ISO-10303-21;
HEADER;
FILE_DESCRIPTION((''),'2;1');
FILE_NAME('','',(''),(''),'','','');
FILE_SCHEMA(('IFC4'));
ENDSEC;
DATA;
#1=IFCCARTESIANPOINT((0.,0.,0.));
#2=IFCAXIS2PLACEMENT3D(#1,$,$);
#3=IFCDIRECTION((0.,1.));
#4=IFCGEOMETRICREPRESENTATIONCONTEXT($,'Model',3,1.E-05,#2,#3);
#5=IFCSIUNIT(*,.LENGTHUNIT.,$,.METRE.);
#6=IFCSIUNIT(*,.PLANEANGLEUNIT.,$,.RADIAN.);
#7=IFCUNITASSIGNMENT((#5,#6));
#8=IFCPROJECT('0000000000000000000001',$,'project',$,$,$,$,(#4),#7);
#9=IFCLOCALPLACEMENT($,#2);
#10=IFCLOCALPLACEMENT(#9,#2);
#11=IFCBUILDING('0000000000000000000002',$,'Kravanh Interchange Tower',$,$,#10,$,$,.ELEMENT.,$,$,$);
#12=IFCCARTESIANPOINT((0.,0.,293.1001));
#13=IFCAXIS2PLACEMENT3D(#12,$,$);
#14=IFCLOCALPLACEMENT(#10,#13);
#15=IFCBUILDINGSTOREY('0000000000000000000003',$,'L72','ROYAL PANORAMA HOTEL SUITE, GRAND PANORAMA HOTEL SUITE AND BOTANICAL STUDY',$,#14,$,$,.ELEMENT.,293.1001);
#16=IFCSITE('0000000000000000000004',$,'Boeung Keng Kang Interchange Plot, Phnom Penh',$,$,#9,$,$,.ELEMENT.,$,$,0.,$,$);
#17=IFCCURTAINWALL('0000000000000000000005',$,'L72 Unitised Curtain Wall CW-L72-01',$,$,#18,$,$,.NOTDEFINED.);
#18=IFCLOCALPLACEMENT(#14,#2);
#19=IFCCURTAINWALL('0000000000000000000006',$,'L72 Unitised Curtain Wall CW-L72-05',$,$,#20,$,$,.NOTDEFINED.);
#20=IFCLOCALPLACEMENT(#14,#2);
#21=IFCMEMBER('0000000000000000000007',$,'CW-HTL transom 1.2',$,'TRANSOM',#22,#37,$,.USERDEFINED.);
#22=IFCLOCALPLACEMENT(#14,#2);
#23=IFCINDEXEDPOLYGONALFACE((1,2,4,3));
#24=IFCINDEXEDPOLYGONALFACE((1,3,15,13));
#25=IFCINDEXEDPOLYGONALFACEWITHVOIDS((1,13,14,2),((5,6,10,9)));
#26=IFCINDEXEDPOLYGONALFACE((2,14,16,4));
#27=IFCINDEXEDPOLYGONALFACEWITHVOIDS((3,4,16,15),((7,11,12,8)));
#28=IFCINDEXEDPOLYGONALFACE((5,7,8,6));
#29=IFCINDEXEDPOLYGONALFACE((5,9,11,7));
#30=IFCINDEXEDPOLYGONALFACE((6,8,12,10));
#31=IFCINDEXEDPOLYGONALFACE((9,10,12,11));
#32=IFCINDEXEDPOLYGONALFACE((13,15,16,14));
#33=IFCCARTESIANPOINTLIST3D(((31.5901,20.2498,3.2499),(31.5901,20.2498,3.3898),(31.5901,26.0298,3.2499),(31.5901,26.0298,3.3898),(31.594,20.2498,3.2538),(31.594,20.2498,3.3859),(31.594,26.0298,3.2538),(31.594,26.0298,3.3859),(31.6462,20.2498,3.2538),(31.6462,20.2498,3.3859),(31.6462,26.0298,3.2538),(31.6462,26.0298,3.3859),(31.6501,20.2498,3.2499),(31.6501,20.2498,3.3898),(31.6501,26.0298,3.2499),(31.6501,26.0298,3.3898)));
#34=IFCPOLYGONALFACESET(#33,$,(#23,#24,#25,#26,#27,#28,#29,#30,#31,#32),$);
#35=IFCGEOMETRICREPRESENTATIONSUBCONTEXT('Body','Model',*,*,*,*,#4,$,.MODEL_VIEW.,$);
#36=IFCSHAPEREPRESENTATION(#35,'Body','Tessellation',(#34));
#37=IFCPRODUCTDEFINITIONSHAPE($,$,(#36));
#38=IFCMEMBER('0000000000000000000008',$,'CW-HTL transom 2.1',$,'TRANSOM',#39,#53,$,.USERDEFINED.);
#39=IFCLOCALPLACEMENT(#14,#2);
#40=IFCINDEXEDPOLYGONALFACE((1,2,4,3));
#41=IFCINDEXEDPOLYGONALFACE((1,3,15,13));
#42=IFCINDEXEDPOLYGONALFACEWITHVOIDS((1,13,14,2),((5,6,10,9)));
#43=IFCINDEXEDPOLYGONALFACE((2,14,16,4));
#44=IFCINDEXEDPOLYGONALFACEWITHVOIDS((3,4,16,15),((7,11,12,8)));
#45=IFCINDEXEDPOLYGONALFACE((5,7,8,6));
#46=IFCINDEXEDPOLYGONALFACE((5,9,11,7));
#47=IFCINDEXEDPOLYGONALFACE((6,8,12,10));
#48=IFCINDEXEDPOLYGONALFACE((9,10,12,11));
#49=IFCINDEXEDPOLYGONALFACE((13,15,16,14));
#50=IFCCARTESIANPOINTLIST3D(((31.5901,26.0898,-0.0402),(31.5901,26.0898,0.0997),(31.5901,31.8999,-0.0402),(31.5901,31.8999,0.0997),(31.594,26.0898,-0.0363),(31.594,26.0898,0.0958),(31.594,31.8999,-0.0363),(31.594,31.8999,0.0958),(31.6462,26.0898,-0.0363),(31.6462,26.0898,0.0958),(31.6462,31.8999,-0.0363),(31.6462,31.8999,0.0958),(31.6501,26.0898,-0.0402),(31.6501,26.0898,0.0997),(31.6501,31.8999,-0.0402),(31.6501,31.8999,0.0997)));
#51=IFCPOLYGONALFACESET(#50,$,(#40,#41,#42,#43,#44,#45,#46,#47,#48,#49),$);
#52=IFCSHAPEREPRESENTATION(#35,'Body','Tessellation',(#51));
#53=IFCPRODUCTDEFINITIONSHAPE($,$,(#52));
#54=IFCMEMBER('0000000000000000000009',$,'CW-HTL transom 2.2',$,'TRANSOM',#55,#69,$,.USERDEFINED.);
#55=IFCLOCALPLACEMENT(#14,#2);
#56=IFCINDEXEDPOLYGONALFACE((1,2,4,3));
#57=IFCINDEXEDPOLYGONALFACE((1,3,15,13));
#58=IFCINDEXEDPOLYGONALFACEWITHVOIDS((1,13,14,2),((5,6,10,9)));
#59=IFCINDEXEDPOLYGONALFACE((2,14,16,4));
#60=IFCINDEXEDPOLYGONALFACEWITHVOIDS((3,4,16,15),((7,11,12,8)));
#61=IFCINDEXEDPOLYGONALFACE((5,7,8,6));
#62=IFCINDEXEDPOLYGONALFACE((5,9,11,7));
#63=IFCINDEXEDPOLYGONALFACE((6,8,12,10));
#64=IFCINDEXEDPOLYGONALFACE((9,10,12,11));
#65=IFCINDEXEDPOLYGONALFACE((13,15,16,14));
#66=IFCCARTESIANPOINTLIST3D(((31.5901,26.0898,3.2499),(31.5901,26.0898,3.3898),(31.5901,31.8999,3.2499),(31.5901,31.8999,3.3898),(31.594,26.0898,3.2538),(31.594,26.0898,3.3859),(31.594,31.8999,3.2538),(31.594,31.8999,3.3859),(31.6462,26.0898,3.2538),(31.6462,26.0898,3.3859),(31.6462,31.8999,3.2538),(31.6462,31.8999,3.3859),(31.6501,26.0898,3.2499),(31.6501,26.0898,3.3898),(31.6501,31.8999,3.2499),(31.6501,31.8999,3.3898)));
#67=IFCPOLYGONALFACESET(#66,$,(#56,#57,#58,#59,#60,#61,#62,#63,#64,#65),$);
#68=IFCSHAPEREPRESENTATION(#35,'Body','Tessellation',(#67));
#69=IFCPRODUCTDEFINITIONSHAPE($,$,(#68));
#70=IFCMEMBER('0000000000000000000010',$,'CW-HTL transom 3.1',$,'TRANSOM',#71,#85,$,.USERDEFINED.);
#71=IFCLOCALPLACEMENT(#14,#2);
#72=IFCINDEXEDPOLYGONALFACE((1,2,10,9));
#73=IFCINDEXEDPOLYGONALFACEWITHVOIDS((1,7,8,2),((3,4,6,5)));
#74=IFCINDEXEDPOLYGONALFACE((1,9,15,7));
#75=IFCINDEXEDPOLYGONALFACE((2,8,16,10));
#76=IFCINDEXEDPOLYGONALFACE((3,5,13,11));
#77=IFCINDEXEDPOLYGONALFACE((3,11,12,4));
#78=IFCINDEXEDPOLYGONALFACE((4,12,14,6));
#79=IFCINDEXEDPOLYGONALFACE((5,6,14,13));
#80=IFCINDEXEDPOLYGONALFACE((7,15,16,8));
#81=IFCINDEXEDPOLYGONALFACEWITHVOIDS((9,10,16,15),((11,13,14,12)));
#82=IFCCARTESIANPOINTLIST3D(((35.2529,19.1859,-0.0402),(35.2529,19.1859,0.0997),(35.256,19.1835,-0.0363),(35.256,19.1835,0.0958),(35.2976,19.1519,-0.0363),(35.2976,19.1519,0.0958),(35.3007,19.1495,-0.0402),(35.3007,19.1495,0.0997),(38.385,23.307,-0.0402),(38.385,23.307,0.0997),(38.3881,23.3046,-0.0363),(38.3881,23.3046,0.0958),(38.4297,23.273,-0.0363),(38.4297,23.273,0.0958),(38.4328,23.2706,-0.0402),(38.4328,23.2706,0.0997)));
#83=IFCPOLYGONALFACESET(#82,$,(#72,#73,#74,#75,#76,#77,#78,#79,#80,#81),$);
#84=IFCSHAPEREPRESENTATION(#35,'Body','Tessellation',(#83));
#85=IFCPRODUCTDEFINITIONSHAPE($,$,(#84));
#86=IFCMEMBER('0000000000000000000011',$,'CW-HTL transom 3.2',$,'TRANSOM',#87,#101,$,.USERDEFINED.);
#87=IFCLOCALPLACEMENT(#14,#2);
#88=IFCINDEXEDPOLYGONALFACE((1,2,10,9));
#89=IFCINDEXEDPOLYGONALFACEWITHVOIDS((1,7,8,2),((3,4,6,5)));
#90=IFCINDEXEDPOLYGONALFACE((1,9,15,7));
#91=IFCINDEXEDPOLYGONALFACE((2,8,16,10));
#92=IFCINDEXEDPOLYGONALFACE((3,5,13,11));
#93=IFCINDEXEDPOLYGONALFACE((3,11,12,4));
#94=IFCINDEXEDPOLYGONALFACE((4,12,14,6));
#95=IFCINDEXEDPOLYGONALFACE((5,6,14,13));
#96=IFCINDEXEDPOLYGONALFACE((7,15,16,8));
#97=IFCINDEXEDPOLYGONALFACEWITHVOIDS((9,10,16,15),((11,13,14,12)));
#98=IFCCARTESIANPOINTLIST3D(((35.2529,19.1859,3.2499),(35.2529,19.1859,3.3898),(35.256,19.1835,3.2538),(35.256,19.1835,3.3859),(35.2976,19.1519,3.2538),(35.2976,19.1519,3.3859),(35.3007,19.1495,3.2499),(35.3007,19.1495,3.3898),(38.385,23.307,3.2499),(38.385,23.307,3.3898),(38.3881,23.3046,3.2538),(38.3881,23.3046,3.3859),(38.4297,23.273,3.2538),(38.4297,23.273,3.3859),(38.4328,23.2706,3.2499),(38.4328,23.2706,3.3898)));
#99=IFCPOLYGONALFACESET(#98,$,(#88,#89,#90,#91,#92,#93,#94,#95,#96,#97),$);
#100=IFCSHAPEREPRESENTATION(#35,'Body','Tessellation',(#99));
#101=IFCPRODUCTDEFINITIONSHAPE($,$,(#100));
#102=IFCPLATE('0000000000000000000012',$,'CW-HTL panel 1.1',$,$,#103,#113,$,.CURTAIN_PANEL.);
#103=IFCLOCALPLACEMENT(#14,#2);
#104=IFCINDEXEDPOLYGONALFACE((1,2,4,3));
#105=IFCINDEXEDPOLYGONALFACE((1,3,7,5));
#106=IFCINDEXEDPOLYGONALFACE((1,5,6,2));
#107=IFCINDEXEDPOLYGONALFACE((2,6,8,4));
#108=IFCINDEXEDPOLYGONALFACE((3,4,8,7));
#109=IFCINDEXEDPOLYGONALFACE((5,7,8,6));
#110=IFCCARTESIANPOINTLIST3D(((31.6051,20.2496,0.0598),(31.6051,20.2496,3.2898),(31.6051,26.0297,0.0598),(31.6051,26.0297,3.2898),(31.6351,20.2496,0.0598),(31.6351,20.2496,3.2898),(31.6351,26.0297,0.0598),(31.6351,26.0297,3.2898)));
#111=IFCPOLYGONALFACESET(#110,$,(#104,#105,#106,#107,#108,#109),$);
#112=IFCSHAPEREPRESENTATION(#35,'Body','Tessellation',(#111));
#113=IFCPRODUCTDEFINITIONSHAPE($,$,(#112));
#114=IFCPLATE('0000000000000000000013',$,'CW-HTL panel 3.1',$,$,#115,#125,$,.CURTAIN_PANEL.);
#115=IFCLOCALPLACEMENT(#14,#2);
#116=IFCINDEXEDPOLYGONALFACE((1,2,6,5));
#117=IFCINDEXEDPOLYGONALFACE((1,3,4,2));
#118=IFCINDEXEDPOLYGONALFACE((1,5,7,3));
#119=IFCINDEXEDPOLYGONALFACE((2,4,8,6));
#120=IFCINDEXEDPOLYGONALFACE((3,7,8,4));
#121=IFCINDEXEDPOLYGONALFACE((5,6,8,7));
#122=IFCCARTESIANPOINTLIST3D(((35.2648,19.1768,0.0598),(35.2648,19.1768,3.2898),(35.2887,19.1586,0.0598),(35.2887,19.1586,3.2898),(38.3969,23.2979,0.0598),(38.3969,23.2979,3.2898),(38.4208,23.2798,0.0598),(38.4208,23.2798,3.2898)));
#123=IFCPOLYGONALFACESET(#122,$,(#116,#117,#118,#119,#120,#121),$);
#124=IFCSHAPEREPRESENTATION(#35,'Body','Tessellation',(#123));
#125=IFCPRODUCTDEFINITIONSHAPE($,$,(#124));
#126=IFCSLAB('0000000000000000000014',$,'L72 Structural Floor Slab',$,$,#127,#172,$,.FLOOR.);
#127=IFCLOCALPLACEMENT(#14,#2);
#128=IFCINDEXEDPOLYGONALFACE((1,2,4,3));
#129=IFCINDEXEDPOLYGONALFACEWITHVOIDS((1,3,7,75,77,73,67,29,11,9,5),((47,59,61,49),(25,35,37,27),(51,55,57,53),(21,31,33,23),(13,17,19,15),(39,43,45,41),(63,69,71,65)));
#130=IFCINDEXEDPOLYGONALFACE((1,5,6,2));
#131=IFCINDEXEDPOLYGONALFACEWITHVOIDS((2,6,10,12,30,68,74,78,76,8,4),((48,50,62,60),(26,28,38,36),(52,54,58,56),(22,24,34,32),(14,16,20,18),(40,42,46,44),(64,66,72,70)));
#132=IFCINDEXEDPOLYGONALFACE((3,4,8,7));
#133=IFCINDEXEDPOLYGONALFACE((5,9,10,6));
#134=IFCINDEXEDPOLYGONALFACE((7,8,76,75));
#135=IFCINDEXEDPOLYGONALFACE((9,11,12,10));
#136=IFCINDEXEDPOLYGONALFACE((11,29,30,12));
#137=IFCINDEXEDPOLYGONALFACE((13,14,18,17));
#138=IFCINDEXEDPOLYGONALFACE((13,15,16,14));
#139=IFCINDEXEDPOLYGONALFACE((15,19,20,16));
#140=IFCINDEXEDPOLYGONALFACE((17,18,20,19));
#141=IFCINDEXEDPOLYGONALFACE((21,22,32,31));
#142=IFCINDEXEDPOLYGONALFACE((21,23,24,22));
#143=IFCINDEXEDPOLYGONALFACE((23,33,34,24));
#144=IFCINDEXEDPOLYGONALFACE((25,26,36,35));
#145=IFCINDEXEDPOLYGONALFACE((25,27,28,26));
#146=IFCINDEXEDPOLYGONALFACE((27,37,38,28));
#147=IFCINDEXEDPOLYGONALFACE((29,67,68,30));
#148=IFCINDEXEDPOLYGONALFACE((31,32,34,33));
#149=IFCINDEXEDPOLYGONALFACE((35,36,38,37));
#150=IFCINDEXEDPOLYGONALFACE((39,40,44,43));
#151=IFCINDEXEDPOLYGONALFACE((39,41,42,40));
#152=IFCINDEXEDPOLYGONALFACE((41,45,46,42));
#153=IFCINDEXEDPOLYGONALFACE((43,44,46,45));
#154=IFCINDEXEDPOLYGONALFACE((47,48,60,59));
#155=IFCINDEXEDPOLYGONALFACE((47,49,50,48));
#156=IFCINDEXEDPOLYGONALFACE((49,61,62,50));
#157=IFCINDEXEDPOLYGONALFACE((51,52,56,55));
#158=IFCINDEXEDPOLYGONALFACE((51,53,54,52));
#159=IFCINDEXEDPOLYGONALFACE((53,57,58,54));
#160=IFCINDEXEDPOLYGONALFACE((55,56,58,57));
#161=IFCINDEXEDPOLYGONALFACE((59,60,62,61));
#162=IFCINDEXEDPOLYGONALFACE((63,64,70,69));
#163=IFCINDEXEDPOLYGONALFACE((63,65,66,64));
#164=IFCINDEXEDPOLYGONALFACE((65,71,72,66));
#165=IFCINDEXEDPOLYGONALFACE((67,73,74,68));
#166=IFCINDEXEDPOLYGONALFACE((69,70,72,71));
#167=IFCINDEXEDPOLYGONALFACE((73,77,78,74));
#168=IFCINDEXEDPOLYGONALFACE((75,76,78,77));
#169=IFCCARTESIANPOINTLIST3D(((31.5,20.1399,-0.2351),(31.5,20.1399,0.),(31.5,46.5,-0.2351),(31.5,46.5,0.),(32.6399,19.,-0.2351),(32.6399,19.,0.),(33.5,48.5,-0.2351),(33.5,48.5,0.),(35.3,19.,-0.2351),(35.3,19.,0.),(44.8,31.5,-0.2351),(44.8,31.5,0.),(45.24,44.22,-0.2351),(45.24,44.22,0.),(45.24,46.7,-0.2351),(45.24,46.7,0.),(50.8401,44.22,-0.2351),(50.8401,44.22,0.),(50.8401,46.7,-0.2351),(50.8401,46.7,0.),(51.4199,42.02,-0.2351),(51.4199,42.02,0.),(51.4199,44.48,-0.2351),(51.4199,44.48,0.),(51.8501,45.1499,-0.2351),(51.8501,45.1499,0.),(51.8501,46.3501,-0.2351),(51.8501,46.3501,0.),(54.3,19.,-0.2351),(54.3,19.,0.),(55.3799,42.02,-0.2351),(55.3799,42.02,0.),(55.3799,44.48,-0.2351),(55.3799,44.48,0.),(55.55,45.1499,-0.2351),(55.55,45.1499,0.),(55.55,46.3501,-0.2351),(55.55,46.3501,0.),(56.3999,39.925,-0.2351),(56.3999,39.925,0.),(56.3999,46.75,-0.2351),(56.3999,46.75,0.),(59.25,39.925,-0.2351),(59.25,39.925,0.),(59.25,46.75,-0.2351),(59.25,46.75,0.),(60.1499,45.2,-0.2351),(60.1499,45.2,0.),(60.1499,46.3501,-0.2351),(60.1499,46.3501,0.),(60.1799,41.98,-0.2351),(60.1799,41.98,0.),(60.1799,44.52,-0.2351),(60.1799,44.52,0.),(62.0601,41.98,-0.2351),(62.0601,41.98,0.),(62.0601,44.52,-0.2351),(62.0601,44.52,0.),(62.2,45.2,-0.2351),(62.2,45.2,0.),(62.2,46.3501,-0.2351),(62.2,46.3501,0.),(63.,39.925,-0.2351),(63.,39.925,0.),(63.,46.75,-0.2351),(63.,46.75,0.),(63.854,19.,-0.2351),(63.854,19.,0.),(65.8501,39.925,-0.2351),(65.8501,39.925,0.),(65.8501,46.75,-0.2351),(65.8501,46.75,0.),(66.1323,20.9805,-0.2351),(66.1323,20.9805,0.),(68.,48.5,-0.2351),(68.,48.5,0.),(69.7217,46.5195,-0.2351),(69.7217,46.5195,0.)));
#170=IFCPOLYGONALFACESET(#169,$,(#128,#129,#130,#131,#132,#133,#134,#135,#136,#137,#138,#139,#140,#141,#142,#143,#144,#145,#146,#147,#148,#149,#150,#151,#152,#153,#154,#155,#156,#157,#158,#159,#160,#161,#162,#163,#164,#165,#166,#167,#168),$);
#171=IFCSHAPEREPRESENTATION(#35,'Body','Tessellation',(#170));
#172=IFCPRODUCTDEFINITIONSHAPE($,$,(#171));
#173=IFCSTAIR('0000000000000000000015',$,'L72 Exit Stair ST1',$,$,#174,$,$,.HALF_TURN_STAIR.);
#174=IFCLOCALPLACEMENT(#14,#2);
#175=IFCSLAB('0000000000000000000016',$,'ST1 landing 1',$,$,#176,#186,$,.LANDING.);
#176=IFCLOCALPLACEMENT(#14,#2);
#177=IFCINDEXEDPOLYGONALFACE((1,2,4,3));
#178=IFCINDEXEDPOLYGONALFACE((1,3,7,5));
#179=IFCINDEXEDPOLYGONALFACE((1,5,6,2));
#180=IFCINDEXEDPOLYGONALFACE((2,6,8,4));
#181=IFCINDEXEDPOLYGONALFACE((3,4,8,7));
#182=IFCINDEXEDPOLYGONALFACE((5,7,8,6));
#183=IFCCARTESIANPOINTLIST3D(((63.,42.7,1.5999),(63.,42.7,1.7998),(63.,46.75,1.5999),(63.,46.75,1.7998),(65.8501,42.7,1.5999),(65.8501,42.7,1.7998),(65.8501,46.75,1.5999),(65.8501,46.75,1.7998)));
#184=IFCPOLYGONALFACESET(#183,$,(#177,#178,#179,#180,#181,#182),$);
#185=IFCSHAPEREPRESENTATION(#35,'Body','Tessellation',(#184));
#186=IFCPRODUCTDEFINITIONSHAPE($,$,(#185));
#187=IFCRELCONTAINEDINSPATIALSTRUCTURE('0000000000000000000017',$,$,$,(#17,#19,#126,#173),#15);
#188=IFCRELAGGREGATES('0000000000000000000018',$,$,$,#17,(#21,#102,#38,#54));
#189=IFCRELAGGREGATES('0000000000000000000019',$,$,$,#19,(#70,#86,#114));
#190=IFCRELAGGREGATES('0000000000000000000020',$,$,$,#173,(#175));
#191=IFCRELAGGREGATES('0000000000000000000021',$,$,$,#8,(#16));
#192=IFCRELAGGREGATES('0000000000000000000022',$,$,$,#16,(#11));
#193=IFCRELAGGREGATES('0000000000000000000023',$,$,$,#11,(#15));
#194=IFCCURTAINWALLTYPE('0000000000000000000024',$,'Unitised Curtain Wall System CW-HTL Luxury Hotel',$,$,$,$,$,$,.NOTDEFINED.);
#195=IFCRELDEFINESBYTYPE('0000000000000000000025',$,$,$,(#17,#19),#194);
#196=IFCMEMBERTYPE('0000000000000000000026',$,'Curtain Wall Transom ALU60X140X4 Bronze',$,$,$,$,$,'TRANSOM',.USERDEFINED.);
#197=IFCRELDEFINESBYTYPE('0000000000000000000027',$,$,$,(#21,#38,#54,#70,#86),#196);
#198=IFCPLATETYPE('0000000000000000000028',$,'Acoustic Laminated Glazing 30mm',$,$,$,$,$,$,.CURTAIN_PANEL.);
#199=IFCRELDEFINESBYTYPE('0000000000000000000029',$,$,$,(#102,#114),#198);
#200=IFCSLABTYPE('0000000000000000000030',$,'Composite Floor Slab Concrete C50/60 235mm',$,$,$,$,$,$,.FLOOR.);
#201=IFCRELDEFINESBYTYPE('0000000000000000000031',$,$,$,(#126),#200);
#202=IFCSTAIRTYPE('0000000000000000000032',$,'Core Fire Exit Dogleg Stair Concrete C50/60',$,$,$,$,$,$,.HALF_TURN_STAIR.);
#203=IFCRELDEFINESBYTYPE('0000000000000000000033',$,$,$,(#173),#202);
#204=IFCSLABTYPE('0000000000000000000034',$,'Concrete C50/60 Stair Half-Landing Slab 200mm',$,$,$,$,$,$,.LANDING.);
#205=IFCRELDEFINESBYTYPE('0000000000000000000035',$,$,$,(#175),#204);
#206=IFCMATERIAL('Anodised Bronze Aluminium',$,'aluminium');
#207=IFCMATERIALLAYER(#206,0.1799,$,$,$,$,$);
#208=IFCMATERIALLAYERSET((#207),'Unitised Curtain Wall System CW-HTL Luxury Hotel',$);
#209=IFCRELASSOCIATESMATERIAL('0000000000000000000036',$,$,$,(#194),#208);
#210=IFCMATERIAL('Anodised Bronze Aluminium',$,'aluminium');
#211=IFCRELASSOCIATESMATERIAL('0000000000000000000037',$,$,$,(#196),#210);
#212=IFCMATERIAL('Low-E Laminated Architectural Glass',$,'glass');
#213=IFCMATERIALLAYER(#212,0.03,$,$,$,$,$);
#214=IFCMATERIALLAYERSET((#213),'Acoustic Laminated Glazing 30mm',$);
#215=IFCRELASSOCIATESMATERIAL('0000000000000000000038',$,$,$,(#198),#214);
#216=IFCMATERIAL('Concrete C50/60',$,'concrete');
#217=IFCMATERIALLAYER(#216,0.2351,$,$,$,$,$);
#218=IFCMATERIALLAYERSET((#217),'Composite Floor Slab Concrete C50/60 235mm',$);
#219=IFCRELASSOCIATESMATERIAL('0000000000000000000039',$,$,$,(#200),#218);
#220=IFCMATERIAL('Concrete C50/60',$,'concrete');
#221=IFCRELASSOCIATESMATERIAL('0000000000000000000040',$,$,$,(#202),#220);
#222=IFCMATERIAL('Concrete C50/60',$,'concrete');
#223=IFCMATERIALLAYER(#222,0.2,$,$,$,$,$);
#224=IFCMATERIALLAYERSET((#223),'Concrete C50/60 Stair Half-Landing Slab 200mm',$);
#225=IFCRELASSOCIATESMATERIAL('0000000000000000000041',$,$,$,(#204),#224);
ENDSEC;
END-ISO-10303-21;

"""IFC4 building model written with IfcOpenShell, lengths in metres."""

from ifc_helpers import new_model, si_unit, direction, frame, origin, origin_2d, place, context, subcontext, project, spatial, polyline, rectangle, hollow_rectangle, outline, extrude, material, layer, layer_set, material_profile, profile_set, type_object, element, aggregate, save


model = new_model("IFC4")

# Units and contexts
model_context = context("Model", 3, precision=1e-05, world=origin(), true_north=direction((0.0, 1.0)))
body_context = subcontext(model_context, "Body", "Model", "MODEL_VIEW")
ifc_project = project(units=[si_unit("LENGTHUNIT", "METRE"), si_unit("PLANEANGLEUNIT", "RADIAN")], contexts=[model_context])

# Site, building, storey
site_placement = place(None, origin())
site = spatial("IfcSite", under=ifc_project, at=site_placement, Name="Boeung Keng Kang Interchange Plot, Phnom Penh", CompositionType="ELEMENT", RefElevation=0.0)
building_placement = place(site_placement, origin())
building = spatial("IfcBuilding", under=site, at=building_placement, Name="Kravanh Interchange Tower", CompositionType="ELEMENT")
storey_placement = place(building_placement, frame((0.0, 0.0, 293.1001)))
storey = spatial("IfcBuildingStorey", under=building, at=storey_placement, Name="L72", Description="ROYAL PANORAMA HOTEL SUITE, GRAND PANORAMA HOTEL SUITE AND BOTANICAL STUDY", CompositionType="ELEMENT", Elevation=293.1001)

# Curtain walls
ifc_material_1 = material(Name="Anodised Bronze Aluminium", Category="aluminium")
ifc_layer_1 = layer(ifc_material_1, 0.1799)
ifc_layer_set_1 = layer_set([ifc_layer_1], Name="Unitised Curtain Wall System CW-HTL Luxury Hotel")
curtain_wall_type = type_object("IfcCurtainWallType", Name="Unitised Curtain Wall System CW-HTL Luxury Hotel", PredefinedType="NOTDEFINED", material=ifc_layer_set_1)
curtain_wall_1_placement = place(storey_placement, origin())
curtain_wall_1 = element("IfcCurtainWall", 1, at=curtain_wall_1_placement, inside=storey, type_object=curtain_wall_type, Name="L72 Unitised Curtain Wall CW-L72-01", PredefinedType="NOTDEFINED")
curtain_wall_2_placement = place(storey_placement, origin())
curtain_wall_2 = element("IfcCurtainWall", 2, at=curtain_wall_2_placement, inside=storey, type_object=curtain_wall_type, Name="L72 Unitised Curtain Wall CW-L72-05", PredefinedType="NOTDEFINED")

# Members
ifc_material_2 = material(Name="Anodised Bronze Aluminium", Category="aluminium")
ifc_material_profile_1 = material_profile(ifc_material_2, hollow_rectangle(XDim=0.0601, YDim=0.1399, WallThickness=0.0039, at=origin_2d()), Name="ALU60X140X4")
ifc_profile_set_1 = profile_set([ifc_material_profile_1], Name="Anodised Bronze Aluminium")
member_type_1 = type_object("IfcMemberType", Name="Curtain Wall Transom ALU60X140X4 Bronze", ElementType="TRANSOM", PredefinedType="USERDEFINED", material=ifc_profile_set_1)
member_1_placement = place(storey_placement, frame((31.6201, 20.2498, 3.3198), z_axis=(0.0, 1.0, 0.0), x_axis=(-1.0, 0.0, 0.0)))
member_1 = element("IfcMember", 3, at=member_1_placement, type_object=member_type_1, Name="CW-HTL transom 1.2", ObjectType="TRANSOM", PredefinedType="USERDEFINED", context=body_context, shape_type="SweptSolid", body=[
    extrude(hollow_rectangle(XDim=0.0601, YDim=0.1399, WallThickness=0.0039, at=origin_2d()), origin(), (0.0, 0.0, 1.0), 5.78),
])
member_2_placement = place(storey_placement, frame((31.6201, 26.0898, 0.0298), z_axis=(0.0, 1.0, 0.0), x_axis=(-1.0, 0.0, 0.0)))
member_2 = element("IfcMember", 4, at=member_2_placement, type_object=member_type_1, Name="CW-HTL transom 2.1", ObjectType="TRANSOM", PredefinedType="USERDEFINED", context=body_context, shape_type="SweptSolid", body=[
    extrude(hollow_rectangle(XDim=0.0601, YDim=0.1399, WallThickness=0.0039, at=origin_2d()), origin(), (0.0, 0.0, 1.0), 5.8101),
])
member_3_placement = place(storey_placement, frame((31.6201, 26.0898, 3.3198), z_axis=(0.0, 1.0, 0.0), x_axis=(-1.0, 0.0, 0.0)))
member_3 = element("IfcMember", 5, at=member_3_placement, type_object=member_type_1, Name="CW-HTL transom 2.2", ObjectType="TRANSOM", PredefinedType="USERDEFINED", context=body_context, shape_type="SweptSolid", body=[
    extrude(hollow_rectangle(XDim=0.0601, YDim=0.1399, WallThickness=0.0039, at=origin_2d()), origin(), (0.0, 0.0, 1.0), 5.8101),
])
member_4_placement = place(storey_placement, frame((38.4089, 23.2888, 0.0298), z_axis=(-0.605089, -0.796158, 0.0), x_axis=(0.796158, -0.605089, 0.0)))
member_4 = element("IfcMember", 6, at=member_4_placement, type_object=member_type_1, Name="CW-HTL transom 3.1", ObjectType="TRANSOM", PredefinedType="USERDEFINED", context=body_context, shape_type="SweptSolid", body=[
    extrude(hollow_rectangle(XDim=0.0601, YDim=0.1399, WallThickness=0.0039, at=origin_2d()), origin(), (0.0, 0.0, 1.0), 5.1763),
])
member_5_placement = place(storey_placement, frame((38.4089, 23.2888, 3.3198), z_axis=(-0.605089, -0.796158, 0.0), x_axis=(0.796158, -0.605089, 0.0)))
member_5 = element("IfcMember", 7, at=member_5_placement, type_object=member_type_1, Name="CW-HTL transom 3.2", ObjectType="TRANSOM", PredefinedType="USERDEFINED", context=body_context, shape_type="SweptSolid", body=[
    extrude(hollow_rectangle(XDim=0.0601, YDim=0.1399, WallThickness=0.0039, at=origin_2d()), origin(), (0.0, 0.0, 1.0), 5.1763),
])

# Plates
ifc_material_3 = material(Name="Low-E Laminated Architectural Glass", Category="glass")
ifc_layer_2 = layer(ifc_material_3, 0.03)
ifc_layer_set_2 = layer_set([ifc_layer_2], Name="Acoustic Laminated Glazing 30mm")
plate_type = type_object("IfcPlateType", Name="Acoustic Laminated Glazing 30mm", PredefinedType="CURTAIN_PANEL", material=ifc_layer_set_2)
plate_1_placement = place(storey_placement, frame((31.6201, 23.1396, 0.0598), z_axis=(0.0, 0.0, 1.0), x_axis=(0.0, 1.0, 0.0)))
plate_1 = element("IfcPlate", 8, at=plate_1_placement, type_object=plate_type, Name="CW-HTL panel 1.1", PredefinedType="CURTAIN_PANEL", context=body_context, shape_type="SweptSolid", body=[
    extrude(rectangle(XDim=5.78, YDim=0.03, at=origin_2d()), origin(), (0.0, 0.0, 1.0), 3.23),
])
aggregate(curtain_wall_1, [member_1, plate_1, member_2, member_3])
plate_2_placement = place(storey_placement, frame((36.8428, 21.2283, 0.0598), z_axis=(0.0, 0.0, 1.0), x_axis=(-0.605083, -0.796162, 0.0)))
plate_2 = element("IfcPlate", 9, at=plate_2_placement, type_object=plate_type, Name="CW-HTL panel 3.1", PredefinedType="CURTAIN_PANEL", context=body_context, shape_type="SweptSolid", body=[
    extrude(rectangle(XDim=5.1763, YDim=0.03, at=origin_2d()), origin(), (0.0, 0.0, 1.0), 3.23),
])
aggregate(curtain_wall_2, [member_4, member_5, plate_2])

# Slab
ifc_material_4 = material(Name="Concrete C50/60", Category="concrete")
ifc_layer_3 = layer(ifc_material_4, 0.2351)
ifc_layer_set_3 = layer_set([ifc_layer_3], Name="Composite Floor Slab Concrete C50/60 235mm")
slab_type_1 = type_object("IfcSlabType", Name="Composite Floor Slab Concrete C50/60 235mm", PredefinedType="FLOOR", material=ifc_layer_set_3)
slab_1_placement = place(storey_placement, frame((0.0, 0.0, -0.2351)))
element("IfcSlab", 10, at=slab_1_placement, inside=storey, type_object=slab_type_1, Name="L72 Structural Floor Slab", PredefinedType="FLOOR", context=body_context, shape_type="SweptSolid", body=[
    extrude(outline(polyline([(31.5, 20.1399), (32.6399, 19.0), (35.3, 19.0), (44.8, 31.5), (54.3, 19.0), (63.854, 19.0), (66.1323, 20.9805), (69.7217, 46.5195), (68.0, 48.5), (33.5, 48.5), (31.5, 46.5), (31.5, 20.1399)]), holes=[polyline([(65.8501, 39.925), (65.8501, 46.75), (63.0, 46.75), (63.0, 39.925), (65.8501, 39.925)]), polyline([(59.25, 39.925), (59.25, 46.75), (56.3999, 46.75), (56.3999, 39.925), (59.25, 39.925)]), polyline([(45.24, 44.22), (50.8401, 44.22), (50.8401, 46.7), (45.24, 46.7), (45.24, 44.22)]), polyline([(51.4199, 42.02), (55.3799, 42.02), (55.3799, 44.48), (51.4199, 44.48), (51.4199, 42.02)]), polyline([(60.1799, 41.98), (62.0601, 41.98), (62.0601, 44.52), (60.1799, 44.52), (60.1799, 41.98)]), polyline([(60.1499, 45.2), (62.2, 45.2), (62.2, 46.3501), (60.1499, 46.3501), (60.1499, 45.2)]), polyline([(51.8501, 45.1499), (55.55, 45.1499), (55.55, 46.3501), (51.8501, 46.3501), (51.8501, 45.1499)])]), origin(), (0.0, 0.0, 1.0), 0.2351),
])

# Stair, slab
ifc_material_5 = material(Name="Concrete C50/60", Category="concrete")
stair_type = type_object("IfcStairType", Name="Core Fire Exit Dogleg Stair Concrete C50/60", PredefinedType="HALF_TURN_STAIR", material=ifc_material_5)
stair_1_placement = place(storey_placement, origin())
stair_1 = element("IfcStair", 11, at=stair_1_placement, inside=storey, type_object=stair_type, Name="L72 Exit Stair ST1", PredefinedType="HALF_TURN_STAIR")
ifc_material_6 = material(Name="Concrete C50/60", Category="concrete")
ifc_layer_4 = layer(ifc_material_6, 0.2)
ifc_layer_set_4 = layer_set([ifc_layer_4], Name="Concrete C50/60 Stair Half-Landing Slab 200mm")
slab_type_2 = type_object("IfcSlabType", Name="Concrete C50/60 Stair Half-Landing Slab 200mm", PredefinedType="LANDING", material=ifc_layer_set_4)
slab_2_placement = place(storey_placement, frame((0.0, 0.0, 1.5999)))
slab_2 = element("IfcSlab", 12, at=slab_2_placement, type_object=slab_type_2, Name="ST1 landing 1", PredefinedType="LANDING", context=body_context, shape_type="SweptSolid", body=[
    extrude(outline(polyline([(65.8501, 42.7), (65.8501, 46.75), (63.0, 46.75), (63.0, 42.7), (65.8501, 42.7)])), origin(), (0.0, 0.0, 1.0), 0.2),
])
aggregate(stair_1, [slab_2])

save(model, "model.ifc")
